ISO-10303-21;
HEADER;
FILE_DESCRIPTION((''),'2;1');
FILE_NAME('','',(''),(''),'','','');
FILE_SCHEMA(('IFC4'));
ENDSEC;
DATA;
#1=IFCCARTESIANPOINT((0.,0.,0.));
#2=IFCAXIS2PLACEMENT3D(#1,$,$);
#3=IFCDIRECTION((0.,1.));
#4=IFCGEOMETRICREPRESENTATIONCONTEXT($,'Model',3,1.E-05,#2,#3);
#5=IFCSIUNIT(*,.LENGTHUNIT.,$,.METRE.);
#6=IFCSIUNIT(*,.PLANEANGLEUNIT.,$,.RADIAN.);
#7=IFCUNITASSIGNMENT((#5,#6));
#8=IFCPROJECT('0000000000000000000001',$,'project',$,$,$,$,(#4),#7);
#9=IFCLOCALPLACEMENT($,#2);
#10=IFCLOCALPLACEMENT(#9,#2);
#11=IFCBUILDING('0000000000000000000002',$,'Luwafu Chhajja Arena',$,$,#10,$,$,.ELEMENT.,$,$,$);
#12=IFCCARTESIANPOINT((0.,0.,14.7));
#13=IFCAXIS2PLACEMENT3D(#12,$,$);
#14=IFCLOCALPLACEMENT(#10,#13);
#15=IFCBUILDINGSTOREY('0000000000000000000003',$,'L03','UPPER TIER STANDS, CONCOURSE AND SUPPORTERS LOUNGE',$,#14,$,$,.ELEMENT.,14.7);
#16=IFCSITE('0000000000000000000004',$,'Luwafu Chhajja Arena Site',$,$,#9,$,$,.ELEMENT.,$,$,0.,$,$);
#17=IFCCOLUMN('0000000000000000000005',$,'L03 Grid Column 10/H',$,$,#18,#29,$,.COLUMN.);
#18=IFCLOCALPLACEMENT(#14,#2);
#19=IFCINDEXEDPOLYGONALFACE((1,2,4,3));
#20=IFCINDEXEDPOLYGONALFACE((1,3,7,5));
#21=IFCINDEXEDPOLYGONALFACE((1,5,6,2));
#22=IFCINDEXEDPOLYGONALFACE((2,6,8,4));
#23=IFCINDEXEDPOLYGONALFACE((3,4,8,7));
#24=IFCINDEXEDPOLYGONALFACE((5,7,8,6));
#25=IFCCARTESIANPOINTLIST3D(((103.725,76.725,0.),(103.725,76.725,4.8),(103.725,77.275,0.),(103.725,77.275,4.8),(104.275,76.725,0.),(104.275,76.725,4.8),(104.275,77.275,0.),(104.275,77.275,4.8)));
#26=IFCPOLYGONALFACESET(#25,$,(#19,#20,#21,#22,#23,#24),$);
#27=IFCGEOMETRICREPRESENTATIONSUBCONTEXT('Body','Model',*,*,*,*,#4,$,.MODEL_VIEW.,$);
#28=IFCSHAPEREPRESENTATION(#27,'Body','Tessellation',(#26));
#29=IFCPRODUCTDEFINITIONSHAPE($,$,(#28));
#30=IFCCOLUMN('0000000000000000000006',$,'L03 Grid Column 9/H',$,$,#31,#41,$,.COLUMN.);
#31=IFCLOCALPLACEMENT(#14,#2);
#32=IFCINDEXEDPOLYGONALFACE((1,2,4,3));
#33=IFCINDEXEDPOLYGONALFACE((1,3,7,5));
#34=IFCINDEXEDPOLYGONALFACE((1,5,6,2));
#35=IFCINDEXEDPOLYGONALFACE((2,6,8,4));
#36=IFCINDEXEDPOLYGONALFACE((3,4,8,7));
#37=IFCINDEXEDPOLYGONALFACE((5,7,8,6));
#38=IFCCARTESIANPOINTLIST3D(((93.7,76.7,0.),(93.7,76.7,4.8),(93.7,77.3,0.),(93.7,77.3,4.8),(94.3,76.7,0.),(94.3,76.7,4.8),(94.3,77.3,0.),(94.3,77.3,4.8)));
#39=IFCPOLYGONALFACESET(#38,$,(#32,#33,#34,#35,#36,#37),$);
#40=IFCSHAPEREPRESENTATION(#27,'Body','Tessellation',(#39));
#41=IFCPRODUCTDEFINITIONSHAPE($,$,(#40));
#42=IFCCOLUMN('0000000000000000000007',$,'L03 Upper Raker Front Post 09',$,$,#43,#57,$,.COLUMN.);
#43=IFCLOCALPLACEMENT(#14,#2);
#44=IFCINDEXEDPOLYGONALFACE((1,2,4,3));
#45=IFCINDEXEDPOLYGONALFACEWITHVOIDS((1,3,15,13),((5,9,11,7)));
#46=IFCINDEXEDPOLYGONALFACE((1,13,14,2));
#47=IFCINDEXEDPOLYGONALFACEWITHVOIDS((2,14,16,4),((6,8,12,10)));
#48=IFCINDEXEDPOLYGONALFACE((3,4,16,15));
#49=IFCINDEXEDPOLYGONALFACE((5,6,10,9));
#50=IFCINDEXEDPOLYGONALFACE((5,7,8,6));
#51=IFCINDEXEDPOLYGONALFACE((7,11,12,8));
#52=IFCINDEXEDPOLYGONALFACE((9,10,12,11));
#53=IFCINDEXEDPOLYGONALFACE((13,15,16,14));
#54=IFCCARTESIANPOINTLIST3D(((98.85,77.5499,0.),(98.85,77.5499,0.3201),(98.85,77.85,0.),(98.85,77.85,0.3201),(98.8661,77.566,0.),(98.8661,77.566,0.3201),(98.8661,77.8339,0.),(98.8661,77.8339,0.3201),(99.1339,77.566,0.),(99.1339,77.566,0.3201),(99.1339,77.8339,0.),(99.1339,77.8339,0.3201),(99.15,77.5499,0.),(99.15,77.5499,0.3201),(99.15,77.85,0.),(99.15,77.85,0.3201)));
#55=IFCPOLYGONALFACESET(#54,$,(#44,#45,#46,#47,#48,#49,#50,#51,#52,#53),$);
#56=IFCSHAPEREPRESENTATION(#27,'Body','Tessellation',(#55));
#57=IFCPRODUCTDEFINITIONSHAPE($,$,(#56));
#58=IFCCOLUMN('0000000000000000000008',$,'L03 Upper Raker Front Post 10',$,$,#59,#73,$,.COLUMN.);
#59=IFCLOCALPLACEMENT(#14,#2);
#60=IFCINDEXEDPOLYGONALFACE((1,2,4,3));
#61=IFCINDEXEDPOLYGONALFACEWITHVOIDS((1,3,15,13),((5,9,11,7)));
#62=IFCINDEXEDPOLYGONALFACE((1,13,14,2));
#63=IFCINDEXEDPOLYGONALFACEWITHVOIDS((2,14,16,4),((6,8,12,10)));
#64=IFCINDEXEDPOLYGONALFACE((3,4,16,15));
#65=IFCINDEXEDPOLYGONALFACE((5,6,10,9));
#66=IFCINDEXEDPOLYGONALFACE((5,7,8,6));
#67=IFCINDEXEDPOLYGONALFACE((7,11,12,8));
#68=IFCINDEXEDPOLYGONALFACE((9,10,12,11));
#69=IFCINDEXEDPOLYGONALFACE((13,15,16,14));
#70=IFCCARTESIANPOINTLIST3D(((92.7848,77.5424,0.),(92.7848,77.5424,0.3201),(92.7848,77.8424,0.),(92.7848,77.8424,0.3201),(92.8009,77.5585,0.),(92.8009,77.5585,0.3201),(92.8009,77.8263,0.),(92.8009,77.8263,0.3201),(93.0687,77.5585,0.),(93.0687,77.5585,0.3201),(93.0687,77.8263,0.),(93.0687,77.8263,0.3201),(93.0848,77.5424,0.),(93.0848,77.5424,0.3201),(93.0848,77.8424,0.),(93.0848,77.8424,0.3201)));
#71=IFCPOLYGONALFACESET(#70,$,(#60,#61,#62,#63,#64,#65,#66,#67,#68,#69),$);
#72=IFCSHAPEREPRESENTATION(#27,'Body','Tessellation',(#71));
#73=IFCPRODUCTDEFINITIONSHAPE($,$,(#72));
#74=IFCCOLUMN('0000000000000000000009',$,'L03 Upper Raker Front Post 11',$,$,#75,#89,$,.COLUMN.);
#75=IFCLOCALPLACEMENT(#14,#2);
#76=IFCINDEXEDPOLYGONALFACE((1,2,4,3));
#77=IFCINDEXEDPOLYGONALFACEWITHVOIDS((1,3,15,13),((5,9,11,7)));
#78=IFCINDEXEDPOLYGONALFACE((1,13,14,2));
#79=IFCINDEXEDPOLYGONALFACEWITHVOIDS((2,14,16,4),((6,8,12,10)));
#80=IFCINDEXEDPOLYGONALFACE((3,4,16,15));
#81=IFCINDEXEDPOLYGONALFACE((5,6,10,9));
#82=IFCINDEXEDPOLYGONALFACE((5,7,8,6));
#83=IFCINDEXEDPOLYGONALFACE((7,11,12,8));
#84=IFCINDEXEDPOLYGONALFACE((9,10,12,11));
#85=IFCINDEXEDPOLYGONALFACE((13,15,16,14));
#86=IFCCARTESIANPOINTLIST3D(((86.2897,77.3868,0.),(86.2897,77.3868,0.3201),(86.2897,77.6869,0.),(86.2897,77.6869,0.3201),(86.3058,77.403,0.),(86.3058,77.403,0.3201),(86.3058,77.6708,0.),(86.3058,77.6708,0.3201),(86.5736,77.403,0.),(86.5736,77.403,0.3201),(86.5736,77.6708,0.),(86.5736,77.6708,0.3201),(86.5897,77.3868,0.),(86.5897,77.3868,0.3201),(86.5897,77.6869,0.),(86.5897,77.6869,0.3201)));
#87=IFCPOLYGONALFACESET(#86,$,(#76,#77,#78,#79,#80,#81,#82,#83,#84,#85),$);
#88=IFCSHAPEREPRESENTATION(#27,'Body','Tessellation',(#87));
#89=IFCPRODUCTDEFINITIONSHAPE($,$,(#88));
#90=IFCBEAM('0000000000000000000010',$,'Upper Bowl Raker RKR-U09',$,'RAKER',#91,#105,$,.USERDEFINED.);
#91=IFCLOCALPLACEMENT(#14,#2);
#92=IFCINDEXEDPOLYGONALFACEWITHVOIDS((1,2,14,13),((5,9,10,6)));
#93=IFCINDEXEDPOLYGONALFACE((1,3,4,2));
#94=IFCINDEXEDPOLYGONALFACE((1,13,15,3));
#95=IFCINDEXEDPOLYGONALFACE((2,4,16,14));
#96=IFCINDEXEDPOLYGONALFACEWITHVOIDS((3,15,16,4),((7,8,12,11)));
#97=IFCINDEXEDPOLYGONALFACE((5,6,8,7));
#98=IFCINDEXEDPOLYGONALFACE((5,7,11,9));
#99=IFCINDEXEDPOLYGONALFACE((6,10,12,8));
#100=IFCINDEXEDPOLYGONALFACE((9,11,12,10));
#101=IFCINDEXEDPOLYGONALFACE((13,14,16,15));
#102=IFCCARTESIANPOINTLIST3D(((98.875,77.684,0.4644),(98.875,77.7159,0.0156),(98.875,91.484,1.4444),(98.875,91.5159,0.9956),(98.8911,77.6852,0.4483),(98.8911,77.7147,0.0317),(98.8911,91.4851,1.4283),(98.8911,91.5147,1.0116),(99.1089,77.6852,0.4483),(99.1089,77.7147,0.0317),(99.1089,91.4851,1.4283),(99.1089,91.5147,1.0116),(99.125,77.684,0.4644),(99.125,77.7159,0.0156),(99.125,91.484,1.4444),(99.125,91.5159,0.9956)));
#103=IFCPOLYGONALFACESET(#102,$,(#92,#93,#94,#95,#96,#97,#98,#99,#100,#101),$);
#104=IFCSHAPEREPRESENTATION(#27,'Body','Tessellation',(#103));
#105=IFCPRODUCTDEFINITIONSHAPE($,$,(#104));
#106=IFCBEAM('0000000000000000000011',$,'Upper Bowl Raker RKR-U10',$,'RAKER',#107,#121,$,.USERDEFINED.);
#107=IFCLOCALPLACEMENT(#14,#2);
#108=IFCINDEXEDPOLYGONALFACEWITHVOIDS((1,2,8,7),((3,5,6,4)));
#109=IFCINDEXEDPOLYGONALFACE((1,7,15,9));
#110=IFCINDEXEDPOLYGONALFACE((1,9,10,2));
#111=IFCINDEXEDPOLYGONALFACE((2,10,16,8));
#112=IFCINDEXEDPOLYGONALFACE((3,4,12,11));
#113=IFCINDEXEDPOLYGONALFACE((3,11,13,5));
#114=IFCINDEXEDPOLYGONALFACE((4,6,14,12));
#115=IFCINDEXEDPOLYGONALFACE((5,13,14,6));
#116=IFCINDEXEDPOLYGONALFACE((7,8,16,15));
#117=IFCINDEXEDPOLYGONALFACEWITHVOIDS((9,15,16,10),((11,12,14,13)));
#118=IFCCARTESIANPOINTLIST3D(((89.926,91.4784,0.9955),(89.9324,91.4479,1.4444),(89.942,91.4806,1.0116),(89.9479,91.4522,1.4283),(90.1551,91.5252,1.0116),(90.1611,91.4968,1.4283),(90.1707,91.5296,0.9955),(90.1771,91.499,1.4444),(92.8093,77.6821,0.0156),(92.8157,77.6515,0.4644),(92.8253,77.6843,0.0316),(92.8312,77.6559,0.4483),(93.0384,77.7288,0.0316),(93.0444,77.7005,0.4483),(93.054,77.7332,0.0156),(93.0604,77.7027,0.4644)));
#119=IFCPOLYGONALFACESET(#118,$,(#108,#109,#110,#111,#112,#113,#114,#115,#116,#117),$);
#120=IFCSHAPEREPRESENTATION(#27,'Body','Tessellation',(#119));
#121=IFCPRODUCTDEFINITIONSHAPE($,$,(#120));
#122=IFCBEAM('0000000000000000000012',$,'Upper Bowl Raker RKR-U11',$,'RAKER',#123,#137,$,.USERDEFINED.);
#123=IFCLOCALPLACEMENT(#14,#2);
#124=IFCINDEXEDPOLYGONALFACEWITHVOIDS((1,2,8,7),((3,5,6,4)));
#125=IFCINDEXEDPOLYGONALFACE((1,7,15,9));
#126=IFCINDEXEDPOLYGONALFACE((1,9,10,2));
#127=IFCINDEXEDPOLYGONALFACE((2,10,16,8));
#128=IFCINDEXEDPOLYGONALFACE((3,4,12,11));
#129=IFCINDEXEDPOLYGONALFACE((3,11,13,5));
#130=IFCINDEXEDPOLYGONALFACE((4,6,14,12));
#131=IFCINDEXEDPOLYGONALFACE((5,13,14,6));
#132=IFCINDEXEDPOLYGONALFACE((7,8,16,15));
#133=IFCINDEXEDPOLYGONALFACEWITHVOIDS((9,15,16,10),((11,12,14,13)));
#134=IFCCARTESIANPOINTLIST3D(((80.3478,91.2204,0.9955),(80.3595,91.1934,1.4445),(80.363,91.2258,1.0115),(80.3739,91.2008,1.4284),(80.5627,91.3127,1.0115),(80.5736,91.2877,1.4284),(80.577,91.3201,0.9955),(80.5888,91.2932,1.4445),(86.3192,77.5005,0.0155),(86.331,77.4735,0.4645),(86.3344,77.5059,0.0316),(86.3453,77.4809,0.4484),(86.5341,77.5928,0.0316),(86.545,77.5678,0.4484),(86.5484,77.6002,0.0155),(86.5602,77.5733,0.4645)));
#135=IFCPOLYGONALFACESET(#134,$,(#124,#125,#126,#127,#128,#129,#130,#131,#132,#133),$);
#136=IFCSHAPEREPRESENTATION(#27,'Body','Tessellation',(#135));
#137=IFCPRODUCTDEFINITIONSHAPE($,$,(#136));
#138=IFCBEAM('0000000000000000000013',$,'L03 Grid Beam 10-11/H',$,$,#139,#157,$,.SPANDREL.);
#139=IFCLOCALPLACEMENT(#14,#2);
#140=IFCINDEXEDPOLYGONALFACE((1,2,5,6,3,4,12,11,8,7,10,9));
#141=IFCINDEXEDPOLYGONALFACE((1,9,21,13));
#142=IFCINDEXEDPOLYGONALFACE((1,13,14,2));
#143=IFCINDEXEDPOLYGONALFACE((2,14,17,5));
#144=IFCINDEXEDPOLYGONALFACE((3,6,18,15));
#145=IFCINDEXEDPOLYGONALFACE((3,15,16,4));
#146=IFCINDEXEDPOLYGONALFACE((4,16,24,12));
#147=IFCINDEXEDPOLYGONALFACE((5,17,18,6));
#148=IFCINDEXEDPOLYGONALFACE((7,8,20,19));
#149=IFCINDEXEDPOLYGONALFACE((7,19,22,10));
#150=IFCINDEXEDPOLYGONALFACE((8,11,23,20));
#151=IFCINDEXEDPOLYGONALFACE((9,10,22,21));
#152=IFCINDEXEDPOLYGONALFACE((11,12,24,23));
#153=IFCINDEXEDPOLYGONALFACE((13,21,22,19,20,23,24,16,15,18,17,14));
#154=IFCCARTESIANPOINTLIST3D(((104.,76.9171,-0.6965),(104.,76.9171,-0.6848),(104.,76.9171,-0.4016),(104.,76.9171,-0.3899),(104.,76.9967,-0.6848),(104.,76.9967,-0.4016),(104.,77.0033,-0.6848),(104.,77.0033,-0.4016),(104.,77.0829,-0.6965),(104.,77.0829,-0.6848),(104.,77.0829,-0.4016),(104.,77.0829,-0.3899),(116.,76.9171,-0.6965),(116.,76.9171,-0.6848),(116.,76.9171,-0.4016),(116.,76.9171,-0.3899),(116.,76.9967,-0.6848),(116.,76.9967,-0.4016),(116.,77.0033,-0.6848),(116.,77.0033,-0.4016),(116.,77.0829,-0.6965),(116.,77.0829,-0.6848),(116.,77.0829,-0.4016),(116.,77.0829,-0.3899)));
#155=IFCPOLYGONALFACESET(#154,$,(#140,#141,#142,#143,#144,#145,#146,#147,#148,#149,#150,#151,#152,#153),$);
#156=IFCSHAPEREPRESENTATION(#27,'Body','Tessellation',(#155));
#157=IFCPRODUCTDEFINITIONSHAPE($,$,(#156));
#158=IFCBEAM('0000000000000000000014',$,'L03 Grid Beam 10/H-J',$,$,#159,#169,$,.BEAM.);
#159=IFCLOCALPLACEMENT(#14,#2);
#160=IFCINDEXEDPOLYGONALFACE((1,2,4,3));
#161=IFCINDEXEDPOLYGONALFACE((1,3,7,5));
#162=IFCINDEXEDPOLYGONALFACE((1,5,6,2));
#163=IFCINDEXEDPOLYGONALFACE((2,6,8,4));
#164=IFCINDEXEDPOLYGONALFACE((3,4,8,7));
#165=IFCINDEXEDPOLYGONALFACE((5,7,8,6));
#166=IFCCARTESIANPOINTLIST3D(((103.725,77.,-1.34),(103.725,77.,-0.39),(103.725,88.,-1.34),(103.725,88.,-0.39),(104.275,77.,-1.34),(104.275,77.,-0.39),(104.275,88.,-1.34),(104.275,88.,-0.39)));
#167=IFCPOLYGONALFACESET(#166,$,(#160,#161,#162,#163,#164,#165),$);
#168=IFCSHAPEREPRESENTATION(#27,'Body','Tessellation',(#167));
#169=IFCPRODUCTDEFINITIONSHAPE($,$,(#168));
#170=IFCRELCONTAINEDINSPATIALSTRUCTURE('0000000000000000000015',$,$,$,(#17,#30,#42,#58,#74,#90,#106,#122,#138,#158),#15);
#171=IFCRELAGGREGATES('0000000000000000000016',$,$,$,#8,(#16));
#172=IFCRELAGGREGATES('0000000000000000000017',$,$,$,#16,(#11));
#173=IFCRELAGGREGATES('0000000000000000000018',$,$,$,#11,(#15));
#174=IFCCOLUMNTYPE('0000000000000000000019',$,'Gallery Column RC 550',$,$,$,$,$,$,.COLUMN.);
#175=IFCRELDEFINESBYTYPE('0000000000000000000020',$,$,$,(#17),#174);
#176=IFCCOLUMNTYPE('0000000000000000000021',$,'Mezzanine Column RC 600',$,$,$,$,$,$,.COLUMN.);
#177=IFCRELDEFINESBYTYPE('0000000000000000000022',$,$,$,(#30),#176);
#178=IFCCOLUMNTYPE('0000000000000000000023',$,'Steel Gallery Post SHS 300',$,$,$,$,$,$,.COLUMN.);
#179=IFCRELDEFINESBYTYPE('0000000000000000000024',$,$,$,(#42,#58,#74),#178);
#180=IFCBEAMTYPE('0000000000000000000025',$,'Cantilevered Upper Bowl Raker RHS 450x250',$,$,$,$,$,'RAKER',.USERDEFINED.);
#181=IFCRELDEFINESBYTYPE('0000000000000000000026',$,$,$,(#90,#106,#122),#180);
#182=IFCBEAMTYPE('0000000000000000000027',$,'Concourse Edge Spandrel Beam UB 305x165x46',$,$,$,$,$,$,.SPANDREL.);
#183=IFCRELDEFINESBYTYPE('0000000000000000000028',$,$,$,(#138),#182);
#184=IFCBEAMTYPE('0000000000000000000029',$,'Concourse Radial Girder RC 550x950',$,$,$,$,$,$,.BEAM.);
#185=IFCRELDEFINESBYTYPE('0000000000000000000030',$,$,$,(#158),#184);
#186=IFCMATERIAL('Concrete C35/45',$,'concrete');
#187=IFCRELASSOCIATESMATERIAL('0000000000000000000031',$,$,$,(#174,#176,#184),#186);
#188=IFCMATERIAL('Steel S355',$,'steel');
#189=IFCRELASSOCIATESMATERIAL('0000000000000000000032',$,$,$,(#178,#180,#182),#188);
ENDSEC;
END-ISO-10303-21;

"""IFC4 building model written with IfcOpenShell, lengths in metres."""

from ifc_helpers import new_model, si_unit, direction, frame, origin, origin_2d, place, context, subcontext, project, spatial, rectangle, hollow_rectangle, i_section, extrude, material, material_profile, profile_set, type_object, element, save


model = new_model("IFC4")

# Units and contexts
model_context = context("Model", 3, precision=1e-05, world=origin(), true_north=direction((0.0, 1.0)))
body_context = subcontext(model_context, "Body", "Model", "MODEL_VIEW")
ifc_project = project(units=[si_unit("LENGTHUNIT", "METRE"), si_unit("PLANEANGLEUNIT", "RADIAN")], contexts=[model_context])

# Site, building, storey
site_placement = place(None, origin())
site = spatial("IfcSite", under=ifc_project, at=site_placement, Name="Luwafu Chhajja Arena Site", CompositionType="ELEMENT", RefElevation=0.0)
building_placement = place(site_placement, origin())
building = spatial("IfcBuilding", under=site, at=building_placement, Name="Luwafu Chhajja Arena", CompositionType="ELEMENT")
storey_placement = place(building_placement, frame((0.0, 0.0, 14.7)))
storey = spatial("IfcBuildingStorey", under=building, at=storey_placement, Name="L03", Description="UPPER TIER STANDS, CONCOURSE AND SUPPORTERS LOUNGE", CompositionType="ELEMENT", Elevation=14.7)

# Columns
ifc_material_1 = material(Name="Concrete C35/45", Category="concrete")
ifc_material_profile_1 = material_profile(ifc_material_1, rectangle(XDim=0.55, YDim=0.55, at=origin_2d()), Name="RC 550x550")
ifc_profile_set_1 = profile_set([ifc_material_profile_1], Name="Concrete C35/45")
column_type_1 = type_object("IfcColumnType", Name="Gallery Column RC 550", PredefinedType="COLUMN", material=ifc_profile_set_1)
column_1_placement = place(storey_placement, frame((104.0, 77.0, 0.0), z_axis=(0.0, 0.0, 1.0), x_axis=(1.0, 0.0, 0.0)))
element("IfcColumn", 1, at=column_1_placement, inside=storey, type_object=column_type_1, Name="L03 Grid Column 10/H", PredefinedType="COLUMN", context=body_context, shape_type="SweptSolid", body=[
    extrude(rectangle(XDim=0.55, YDim=0.55, at=origin_2d()), origin(), (0.0, 0.0, 1.0), 4.8),
])
ifc_material_profile_2 = material_profile(ifc_material_1, rectangle(XDim=0.6001, YDim=0.6001, at=origin_2d()), Name="RC 600x600")
ifc_profile_set_2 = profile_set([ifc_material_profile_2], Name="Concrete C35/45")
column_type_2 = type_object("IfcColumnType", Name="Mezzanine Column RC 600", PredefinedType="COLUMN", material=ifc_profile_set_2)
column_2_placement = place(storey_placement, frame((94.0, 77.0, 0.0), z_axis=(0.0, 0.0, 1.0), x_axis=(1.0, 0.0, 0.0)))
element("IfcColumn", 2, at=column_2_placement, inside=storey, type_object=column_type_2, Name="L03 Grid Column 9/H", PredefinedType="COLUMN", context=body_context, shape_type="SweptSolid", body=[
    extrude(rectangle(XDim=0.6001, YDim=0.6001, at=origin_2d()), origin(), (0.0, 0.0, 1.0), 4.8),
])
ifc_material_2 = material(Name="Steel S355", Category="steel")
ifc_material_profile_3 = material_profile(ifc_material_2, hollow_rectangle(XDim=0.3, YDim=0.3, WallThickness=0.0161, at=origin_2d()), Name="SHS 300x300x16")
ifc_profile_set_3 = profile_set([ifc_material_profile_3], Name="Steel S355")
column_type_3 = type_object("IfcColumnType", Name="Steel Gallery Post SHS 300", PredefinedType="COLUMN", material=ifc_profile_set_3)
for number, where, z_axis, x_axis, name in (
    (3, (99.0, 77.7, 0.0), (0.0, 0.0, 1.0), (1.0, 0.0, 0.0), "L03 Upper Raker Front Post 09"),
    (4, (92.9348, 77.6924, 0.0), (0.0, 0.0, 1.0), (1.0, 0.0, 0.0), "L03 Upper Raker Front Post 10"),
    (5, (86.4397, 77.5369, 0.0), (0.0, 0.0, 1.0), (1.0, 0.0, 0.0), "L03 Upper Raker Front Post 11"),
):
    element("IfcColumn", number, at=place(storey_placement, frame(where, z_axis=z_axis, x_axis=x_axis)), inside=storey, type_object=column_type_3, Name=name, PredefinedType="COLUMN", context=body_context, shape_type="SweptSolid", body=[
        extrude(hollow_rectangle(XDim=0.3, YDim=0.3, WallThickness=0.0161, at=origin_2d()), origin(), (0.0, 0.0, 1.0), 0.3201),
    ])

# Beams
ifc_material_profile_4 = material_profile(ifc_material_2, hollow_rectangle(XDim=0.25, YDim=0.45, WallThickness=0.0161, at=origin_2d()), Name="RHS 450x250x16")
ifc_profile_set_4 = profile_set([ifc_material_profile_4], Name="Steel S355")
beam_type_1 = type_object("IfcBeamType", Name="Cantilevered Upper Bowl Raker RHS 450x250", ElementType="RAKER", PredefinedType="USERDEFINED", material=ifc_profile_set_4)
beam_1_placement = place(storey_placement, frame((99.0, 77.7, 0.24), z_axis=(0.0, 0.997488, 0.070834), x_axis=(-1.0, 0.0, 0.0)))
element("IfcBeam", 6, at=beam_1_placement, inside=storey, type_object=beam_type_1, Name="Upper Bowl Raker RKR-U09", ObjectType="RAKER", PredefinedType="USERDEFINED", context=body_context, shape_type="SweptSolid", body=[
    extrude(hollow_rectangle(XDim=0.25, YDim=0.45, WallThickness=0.0161, at=origin_2d()), origin(), (0.0, 0.0, 1.0), 13.8347),
])
beam_2_placement = place(storey_placement, frame((92.9348, 77.6924, 0.24), z_axis=(-0.204077, 0.976494, 0.069362), x_axis=(-0.978852, -0.20457, 0.0)))
element("IfcBeam", 7, at=beam_2_placement, inside=storey, type_object=beam_type_1, Name="Upper Bowl Raker RKR-U10", ObjectType="RAKER", PredefinedType="USERDEFINED", context=body_context, shape_type="SweptSolid", body=[
    extrude(hollow_rectangle(XDim=0.25, YDim=0.45, WallThickness=0.0161, at=origin_2d()), origin(), (0.0, 0.0, 1.0), 14.1284),
])
beam_3_placement = place(storey_placement, frame((86.4397, 77.5369, 0.24), z_axis=(-0.398223, 0.914958, 0.065353), x_axis=(-0.916918, -0.399076, 0.0)))
element("IfcBeam", 8, at=beam_3_placement, inside=storey, type_object=beam_type_1, Name="Upper Bowl Raker RKR-U11", ObjectType="RAKER", PredefinedType="USERDEFINED", context=body_context, shape_type="SweptSolid", body=[
    extrude(hollow_rectangle(XDim=0.25, YDim=0.45, WallThickness=0.0161, at=origin_2d()), origin(), (0.0, 0.0, 1.0), 14.9951),
])
ifc_material_profile_5 = material_profile(ifc_material_2, i_section(OverallWidth=0.1658, OverallDepth=0.3066, WebThickness=0.0066, FlangeThickness=0.0117, at=origin_2d()), Name="UB 305x165x46")
ifc_profile_set_5 = profile_set([ifc_material_profile_5], Name="Steel S355")
beam_type_2 = type_object("IfcBeamType", Name="Concourse Edge Spandrel Beam UB 305x165x46", PredefinedType="SPANDREL", material=ifc_profile_set_5)
beam_4_placement = place(storey_placement, frame((104.0, 77.0, -0.5432), z_axis=(1.0, 0.0, 0.0), x_axis=(0.0, 1.0, 0.0)))
element("IfcBeam", 9, at=beam_4_placement, inside=storey, type_object=beam_type_2, Name="L03 Grid Beam 10-11/H", PredefinedType="SPANDREL", context=body_context, shape_type="SweptSolid", body=[
    extrude(i_section(OverallWidth=0.1658, OverallDepth=0.3066, WebThickness=0.0066, FlangeThickness=0.0117, at=origin_2d()), origin(), (0.0, 0.0, 1.0), 12.0),
])
ifc_material_profile_6 = material_profile(ifc_material_1, rectangle(XDim=0.55, YDim=0.95, at=origin_2d()), Name="RC 550x950")
ifc_profile_set_6 = profile_set([ifc_material_profile_6], Name="Concrete C35/45")
beam_type_3 = type_object("IfcBeamType", Name="Concourse Radial Girder RC 550x950", PredefinedType="BEAM", material=ifc_profile_set_6)
beam_5_placement = place(storey_placement, frame((104.0, 77.0, -0.865), z_axis=(0.0, 1.0, 0.0), x_axis=(-1.0, 0.0, 0.0)))
element("IfcBeam", 10, at=beam_5_placement, inside=storey, type_object=beam_type_3, Name="L03 Grid Beam 10/H-J", PredefinedType="BEAM", context=body_context, shape_type="SweptSolid", body=[
    extrude(rectangle(XDim=0.55, YDim=0.95, at=origin_2d()), origin(), (0.0, 0.0, 1.0), 11.0),
])

save(model, "model.ifc")
